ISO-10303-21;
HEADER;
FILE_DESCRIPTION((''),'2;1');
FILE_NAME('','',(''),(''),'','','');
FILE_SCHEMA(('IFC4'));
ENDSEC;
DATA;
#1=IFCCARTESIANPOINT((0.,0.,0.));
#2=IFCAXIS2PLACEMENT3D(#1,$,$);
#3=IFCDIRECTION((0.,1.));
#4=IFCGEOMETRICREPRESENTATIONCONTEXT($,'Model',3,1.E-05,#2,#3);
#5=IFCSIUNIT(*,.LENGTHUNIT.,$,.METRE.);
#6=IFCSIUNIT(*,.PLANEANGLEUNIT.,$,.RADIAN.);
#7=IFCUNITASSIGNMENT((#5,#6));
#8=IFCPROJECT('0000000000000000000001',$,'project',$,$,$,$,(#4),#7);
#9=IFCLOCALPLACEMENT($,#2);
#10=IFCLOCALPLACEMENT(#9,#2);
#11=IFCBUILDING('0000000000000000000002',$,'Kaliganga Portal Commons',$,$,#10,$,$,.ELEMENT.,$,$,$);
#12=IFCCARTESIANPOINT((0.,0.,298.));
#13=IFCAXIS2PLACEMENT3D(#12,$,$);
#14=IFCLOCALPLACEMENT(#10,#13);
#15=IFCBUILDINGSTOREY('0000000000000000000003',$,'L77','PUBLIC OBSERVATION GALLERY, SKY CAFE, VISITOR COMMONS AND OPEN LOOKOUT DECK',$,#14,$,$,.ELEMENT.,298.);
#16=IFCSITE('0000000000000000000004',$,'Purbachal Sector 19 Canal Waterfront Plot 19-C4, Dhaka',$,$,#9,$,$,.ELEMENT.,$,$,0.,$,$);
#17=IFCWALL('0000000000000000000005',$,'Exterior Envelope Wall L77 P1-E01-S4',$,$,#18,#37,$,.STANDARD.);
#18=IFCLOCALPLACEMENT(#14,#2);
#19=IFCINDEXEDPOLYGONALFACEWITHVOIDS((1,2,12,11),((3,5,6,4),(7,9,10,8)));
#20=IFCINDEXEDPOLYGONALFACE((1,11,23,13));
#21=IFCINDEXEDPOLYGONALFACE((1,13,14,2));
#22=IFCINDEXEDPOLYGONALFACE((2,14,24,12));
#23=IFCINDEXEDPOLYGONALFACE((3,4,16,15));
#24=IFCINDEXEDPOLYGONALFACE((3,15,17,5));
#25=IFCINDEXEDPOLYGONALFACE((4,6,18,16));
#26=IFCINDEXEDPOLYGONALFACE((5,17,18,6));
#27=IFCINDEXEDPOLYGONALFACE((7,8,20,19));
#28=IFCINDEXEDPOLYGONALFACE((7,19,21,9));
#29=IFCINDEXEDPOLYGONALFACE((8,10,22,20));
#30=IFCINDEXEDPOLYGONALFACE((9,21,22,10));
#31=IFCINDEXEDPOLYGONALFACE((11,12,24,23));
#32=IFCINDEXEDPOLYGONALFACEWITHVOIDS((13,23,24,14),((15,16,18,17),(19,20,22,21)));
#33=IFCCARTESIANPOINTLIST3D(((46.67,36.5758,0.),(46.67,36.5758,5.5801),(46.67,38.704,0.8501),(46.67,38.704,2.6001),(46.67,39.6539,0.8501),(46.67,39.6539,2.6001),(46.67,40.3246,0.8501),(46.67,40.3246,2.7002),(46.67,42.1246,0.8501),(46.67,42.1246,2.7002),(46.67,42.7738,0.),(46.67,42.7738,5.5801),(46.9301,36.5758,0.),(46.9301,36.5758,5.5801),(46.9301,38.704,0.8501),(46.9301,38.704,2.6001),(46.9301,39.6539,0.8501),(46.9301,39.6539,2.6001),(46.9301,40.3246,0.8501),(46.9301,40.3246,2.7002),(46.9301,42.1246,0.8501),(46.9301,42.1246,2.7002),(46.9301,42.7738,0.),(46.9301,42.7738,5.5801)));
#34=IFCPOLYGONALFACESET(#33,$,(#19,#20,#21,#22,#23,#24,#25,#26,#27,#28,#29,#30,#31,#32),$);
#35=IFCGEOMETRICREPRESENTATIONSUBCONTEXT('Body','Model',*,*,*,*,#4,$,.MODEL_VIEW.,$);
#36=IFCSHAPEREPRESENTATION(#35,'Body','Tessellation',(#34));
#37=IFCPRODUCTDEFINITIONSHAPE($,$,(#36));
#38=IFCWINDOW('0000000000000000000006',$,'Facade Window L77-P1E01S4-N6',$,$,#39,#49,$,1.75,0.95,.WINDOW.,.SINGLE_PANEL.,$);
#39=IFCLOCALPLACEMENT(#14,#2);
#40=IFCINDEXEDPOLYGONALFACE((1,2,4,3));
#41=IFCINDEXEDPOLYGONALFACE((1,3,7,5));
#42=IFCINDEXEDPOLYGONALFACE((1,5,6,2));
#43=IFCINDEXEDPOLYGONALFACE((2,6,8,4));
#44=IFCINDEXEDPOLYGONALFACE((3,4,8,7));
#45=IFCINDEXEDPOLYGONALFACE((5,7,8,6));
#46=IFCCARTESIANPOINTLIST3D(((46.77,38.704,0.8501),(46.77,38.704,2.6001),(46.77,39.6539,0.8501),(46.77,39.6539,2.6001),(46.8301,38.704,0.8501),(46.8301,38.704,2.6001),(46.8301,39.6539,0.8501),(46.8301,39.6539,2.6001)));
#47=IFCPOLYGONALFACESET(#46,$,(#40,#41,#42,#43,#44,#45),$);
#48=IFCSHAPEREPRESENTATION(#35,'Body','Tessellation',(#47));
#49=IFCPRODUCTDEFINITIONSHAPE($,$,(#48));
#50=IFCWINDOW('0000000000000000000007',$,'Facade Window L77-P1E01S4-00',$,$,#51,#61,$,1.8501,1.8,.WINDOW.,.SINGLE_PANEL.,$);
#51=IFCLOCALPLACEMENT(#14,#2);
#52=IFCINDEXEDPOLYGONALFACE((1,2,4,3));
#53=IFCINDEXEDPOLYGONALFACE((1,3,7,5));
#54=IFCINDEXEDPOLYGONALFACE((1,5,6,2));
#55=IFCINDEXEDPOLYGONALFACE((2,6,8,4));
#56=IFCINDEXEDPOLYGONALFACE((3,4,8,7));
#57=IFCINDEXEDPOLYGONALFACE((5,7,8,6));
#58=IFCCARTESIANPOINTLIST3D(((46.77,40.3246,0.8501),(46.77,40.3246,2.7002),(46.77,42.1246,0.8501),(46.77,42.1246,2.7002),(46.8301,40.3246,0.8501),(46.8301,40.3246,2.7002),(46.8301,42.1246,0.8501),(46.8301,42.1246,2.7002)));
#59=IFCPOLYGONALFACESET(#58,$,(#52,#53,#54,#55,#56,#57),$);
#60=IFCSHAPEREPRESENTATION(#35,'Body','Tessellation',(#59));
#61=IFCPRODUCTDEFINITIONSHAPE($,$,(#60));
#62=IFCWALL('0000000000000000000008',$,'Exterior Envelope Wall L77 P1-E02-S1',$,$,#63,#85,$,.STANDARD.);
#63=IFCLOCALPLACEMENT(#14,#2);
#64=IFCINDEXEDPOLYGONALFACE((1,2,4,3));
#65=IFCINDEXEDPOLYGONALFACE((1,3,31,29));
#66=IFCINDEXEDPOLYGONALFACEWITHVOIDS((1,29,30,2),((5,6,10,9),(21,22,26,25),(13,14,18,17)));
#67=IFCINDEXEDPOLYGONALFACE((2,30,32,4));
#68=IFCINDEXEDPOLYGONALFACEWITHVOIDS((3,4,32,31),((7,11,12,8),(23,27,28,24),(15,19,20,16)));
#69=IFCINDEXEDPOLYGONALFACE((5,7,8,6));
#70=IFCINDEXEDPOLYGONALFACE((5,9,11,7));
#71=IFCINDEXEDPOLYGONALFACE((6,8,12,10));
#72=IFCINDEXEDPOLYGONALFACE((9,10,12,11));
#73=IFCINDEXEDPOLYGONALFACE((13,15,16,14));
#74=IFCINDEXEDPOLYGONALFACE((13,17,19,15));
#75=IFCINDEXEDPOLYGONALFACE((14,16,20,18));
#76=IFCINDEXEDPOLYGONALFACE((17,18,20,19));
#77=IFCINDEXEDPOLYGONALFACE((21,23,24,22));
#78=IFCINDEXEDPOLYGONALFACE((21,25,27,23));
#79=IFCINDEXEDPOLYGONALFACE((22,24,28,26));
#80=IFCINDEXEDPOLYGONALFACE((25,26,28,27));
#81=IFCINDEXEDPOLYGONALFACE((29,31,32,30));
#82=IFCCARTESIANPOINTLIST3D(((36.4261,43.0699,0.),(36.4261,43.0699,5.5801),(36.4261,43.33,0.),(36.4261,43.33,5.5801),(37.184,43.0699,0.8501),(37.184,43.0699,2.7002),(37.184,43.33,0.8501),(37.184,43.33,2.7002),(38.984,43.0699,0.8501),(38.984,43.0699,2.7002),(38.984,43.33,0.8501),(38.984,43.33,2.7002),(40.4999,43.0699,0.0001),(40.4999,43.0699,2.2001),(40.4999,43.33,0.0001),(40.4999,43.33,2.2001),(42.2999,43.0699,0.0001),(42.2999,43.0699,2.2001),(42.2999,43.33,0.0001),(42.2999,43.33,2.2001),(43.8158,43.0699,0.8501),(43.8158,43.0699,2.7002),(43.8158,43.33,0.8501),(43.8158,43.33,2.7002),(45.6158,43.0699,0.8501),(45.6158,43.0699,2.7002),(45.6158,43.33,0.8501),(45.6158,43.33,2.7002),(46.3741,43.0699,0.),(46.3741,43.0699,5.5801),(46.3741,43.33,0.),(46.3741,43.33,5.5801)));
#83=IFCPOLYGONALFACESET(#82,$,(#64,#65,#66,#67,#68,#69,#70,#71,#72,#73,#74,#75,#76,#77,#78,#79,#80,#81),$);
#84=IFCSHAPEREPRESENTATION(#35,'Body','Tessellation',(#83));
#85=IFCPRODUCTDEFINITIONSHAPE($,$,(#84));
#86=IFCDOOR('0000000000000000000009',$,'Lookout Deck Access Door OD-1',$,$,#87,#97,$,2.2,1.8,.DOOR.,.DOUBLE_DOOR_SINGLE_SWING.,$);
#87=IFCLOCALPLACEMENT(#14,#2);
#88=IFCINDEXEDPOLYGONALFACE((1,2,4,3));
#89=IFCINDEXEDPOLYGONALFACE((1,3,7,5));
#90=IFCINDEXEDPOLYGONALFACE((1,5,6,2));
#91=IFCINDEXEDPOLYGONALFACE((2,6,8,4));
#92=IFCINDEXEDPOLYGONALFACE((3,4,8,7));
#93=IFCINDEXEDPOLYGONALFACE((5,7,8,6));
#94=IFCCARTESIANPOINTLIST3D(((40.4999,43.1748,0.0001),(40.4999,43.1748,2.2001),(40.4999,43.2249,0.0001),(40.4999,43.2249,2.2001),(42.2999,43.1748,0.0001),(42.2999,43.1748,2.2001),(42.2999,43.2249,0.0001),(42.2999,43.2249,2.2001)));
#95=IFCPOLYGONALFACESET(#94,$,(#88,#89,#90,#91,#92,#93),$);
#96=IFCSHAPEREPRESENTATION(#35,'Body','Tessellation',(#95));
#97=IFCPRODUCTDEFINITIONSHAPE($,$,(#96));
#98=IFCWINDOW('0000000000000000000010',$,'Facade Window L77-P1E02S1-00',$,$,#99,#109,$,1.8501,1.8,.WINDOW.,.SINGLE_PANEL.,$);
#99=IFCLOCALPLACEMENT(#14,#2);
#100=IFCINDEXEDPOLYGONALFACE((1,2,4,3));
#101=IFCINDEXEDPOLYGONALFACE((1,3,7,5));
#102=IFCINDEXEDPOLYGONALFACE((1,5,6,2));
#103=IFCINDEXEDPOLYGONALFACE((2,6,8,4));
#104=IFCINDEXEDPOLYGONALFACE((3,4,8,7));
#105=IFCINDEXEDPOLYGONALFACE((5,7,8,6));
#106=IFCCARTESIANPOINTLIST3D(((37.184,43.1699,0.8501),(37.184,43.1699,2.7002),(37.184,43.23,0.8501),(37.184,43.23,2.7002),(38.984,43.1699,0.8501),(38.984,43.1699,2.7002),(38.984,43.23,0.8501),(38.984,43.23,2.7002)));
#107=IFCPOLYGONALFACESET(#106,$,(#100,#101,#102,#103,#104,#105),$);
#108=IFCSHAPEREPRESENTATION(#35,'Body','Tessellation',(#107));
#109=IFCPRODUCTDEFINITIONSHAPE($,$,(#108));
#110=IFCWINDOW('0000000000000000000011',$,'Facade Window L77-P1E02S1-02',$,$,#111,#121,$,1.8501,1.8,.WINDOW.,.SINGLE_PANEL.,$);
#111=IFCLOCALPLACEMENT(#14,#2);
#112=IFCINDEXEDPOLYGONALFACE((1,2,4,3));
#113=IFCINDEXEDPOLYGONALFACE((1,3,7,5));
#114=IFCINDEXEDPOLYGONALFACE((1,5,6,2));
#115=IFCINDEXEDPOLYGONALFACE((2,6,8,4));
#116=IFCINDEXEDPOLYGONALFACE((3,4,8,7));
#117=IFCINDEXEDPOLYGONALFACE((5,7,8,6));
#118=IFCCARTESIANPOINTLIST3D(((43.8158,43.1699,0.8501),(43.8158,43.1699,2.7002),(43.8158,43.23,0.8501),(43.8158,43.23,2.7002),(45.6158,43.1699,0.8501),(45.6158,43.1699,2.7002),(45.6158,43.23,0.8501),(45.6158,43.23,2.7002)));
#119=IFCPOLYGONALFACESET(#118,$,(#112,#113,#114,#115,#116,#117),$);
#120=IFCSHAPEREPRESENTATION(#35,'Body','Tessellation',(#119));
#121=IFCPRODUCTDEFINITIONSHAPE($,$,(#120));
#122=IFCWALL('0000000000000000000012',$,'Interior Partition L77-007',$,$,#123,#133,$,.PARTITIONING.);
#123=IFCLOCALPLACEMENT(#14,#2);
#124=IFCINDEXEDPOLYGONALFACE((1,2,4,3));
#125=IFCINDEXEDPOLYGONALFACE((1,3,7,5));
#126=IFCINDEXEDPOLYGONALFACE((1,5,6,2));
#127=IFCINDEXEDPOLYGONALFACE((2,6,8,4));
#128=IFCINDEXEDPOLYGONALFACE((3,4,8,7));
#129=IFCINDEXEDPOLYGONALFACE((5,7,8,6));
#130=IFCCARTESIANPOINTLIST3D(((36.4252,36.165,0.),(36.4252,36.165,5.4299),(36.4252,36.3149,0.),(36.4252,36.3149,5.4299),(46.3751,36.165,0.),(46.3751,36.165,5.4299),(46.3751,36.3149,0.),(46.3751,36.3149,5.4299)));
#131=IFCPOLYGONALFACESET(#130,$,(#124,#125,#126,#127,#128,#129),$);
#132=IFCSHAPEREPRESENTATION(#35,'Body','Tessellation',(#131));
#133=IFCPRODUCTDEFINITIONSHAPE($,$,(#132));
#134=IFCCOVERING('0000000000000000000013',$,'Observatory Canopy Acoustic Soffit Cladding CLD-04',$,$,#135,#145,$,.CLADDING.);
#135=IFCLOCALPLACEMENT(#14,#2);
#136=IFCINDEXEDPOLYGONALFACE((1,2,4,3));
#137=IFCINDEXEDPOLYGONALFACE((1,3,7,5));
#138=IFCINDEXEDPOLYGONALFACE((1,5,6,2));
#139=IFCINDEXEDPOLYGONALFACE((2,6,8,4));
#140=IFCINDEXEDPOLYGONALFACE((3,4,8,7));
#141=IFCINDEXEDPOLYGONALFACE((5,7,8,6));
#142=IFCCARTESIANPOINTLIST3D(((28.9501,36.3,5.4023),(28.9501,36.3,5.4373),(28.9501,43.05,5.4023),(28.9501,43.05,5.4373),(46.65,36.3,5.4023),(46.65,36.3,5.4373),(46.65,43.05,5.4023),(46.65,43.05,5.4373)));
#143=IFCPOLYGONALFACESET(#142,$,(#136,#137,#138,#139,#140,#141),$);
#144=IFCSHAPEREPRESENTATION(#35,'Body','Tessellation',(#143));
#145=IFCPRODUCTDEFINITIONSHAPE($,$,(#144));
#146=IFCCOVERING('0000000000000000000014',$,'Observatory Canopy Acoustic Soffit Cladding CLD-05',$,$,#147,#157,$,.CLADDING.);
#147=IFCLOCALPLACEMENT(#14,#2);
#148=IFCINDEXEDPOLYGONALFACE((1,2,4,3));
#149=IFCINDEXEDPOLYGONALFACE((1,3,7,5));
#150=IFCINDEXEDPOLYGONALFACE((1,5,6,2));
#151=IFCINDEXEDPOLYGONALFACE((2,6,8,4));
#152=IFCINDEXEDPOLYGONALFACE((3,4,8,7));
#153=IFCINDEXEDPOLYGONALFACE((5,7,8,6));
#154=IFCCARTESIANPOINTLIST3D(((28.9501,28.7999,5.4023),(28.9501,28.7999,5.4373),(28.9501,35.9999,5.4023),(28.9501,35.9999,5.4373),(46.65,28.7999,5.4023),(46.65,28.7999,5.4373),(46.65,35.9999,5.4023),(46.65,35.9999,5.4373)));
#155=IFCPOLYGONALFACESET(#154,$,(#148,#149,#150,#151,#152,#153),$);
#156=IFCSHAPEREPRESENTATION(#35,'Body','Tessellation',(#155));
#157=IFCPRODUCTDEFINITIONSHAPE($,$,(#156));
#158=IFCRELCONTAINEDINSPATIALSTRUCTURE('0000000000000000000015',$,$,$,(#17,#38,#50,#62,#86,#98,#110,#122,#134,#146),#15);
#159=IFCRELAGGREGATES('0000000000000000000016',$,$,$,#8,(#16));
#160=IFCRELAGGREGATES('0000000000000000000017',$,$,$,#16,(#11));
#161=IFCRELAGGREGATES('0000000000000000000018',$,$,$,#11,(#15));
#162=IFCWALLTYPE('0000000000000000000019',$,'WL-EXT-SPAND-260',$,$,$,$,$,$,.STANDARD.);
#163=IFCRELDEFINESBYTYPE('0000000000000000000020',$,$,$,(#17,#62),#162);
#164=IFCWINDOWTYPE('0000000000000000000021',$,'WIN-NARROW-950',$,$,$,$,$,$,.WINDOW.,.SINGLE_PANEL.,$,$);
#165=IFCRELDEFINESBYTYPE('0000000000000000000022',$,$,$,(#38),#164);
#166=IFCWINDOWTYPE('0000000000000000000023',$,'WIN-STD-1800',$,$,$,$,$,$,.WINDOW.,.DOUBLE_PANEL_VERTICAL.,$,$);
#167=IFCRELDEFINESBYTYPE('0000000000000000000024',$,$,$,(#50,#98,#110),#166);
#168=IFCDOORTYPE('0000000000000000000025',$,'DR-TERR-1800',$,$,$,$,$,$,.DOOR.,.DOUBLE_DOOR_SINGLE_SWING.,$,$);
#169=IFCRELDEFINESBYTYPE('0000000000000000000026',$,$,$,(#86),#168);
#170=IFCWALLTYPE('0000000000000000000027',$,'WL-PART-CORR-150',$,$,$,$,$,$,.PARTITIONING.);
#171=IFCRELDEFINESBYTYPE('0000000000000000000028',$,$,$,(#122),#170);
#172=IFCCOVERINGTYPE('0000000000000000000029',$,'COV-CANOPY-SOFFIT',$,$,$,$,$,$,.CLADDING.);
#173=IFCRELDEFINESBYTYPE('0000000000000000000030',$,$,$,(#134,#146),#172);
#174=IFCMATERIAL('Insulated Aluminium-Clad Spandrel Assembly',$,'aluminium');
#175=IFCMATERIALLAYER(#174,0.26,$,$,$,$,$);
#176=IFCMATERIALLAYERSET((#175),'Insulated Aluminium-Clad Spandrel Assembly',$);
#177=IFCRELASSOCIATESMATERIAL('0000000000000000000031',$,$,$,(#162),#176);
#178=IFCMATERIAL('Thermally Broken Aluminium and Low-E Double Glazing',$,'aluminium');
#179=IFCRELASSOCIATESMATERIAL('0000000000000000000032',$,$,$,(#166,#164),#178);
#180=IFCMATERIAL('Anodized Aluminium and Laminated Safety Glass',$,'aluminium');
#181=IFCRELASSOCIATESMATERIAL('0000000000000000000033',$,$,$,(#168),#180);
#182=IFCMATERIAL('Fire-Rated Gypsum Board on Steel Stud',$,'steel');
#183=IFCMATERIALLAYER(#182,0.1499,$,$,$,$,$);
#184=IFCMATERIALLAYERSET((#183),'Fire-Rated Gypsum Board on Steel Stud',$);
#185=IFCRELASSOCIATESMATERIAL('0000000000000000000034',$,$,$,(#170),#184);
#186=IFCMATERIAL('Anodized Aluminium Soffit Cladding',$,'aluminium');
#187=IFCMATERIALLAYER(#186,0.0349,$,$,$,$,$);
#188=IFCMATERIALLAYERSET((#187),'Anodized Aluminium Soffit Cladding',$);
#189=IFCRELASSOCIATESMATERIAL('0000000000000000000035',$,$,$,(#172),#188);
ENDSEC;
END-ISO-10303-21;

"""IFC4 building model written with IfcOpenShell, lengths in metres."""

from ifc_helpers import new_model, si_unit, direction, frame, frame_2d, origin, origin_2d, place, context, subcontext, project, spatial, rectangle, extrude, source, transform, mapped, material, layer, layer_set, type_object, element, fill, save


model = new_model("IFC4")

# Units and contexts
model_context = context("Model", 3, precision=1e-05, world=origin(), true_north=direction((0.0, 1.0)))
body_context = subcontext(model_context, "Body", "Model", "MODEL_VIEW")
ifc_project = project(units=[si_unit("LENGTHUNIT", "METRE"), si_unit("PLANEANGLEUNIT", "RADIAN")], contexts=[model_context])

# Site, building, storey
site_placement = place(None, origin())
site = spatial("IfcSite", under=ifc_project, at=site_placement, Name="Purbachal Sector 19 Canal Waterfront Plot 19-C4, Dhaka", CompositionType="ELEMENT", RefElevation=0.0)
building_placement = place(site_placement, origin())
building = spatial("IfcBuilding", under=site, at=building_placement, Name="Kaliganga Portal Commons", CompositionType="ELEMENT")
storey_placement = place(building_placement, frame((0.0, 0.0, 298.0)))
storey = spatial("IfcBuildingStorey", under=building, at=storey_placement, Name="L77", Description="PUBLIC OBSERVATION GALLERY, SKY CAFE, VISITOR COMMONS AND OPEN LOOKOUT DECK", CompositionType="ELEMENT", Elevation=298.0)

# Wall, openings, windows
ifc_material_1 = material(Name="Insulated Aluminium-Clad Spandrel Assembly", Category="aluminium")
ifc_layer_1 = layer(ifc_material_1, 0.26)
ifc_layer_set_1 = layer_set([ifc_layer_1], Name="Insulated Aluminium-Clad Spandrel Assembly")
wall_type_1 = type_object("IfcWallType", Name="WL-EXT-SPAND-260", PredefinedType="STANDARD", material=ifc_layer_set_1)
ifc_material_2 = material(Name="Thermally Broken Aluminium and Low-E Double Glazing", Category="aluminium")
window_type_1 = type_object("IfcWindowType", Name="WIN-STD-1800", PartitioningType="DOUBLE_PANEL_VERTICAL", PredefinedType="WINDOW", material=ifc_material_2)
wall_1_placement = place(storey_placement, frame((46.8, 42.7739, 0.0), z_axis=(0.0, 0.0, 1.0), x_axis=(0.0, -1.0, 0.0)))
wall_1 = element("IfcWall", 1, at=wall_1_placement, inside=storey, type_object=wall_type_1, Name="Exterior Envelope Wall L77 P1-E01-S4", PredefinedType="STANDARD", context=body_context, shape_type="SweptSolid", body=[
    extrude(rectangle(XDim=6.198, YDim=0.26, at=frame_2d((3.0991, 0.0))), origin(), (0.0, 0.0, 1.0), 5.5801),
])
opening_1_placement = place(wall_1_placement, frame((0.6494, 0.0, 0.8501)))
opening_1 = element("IfcOpeningElement", 2, at=opening_1_placement, cuts=wall_1, PredefinedType="OPENING", context=body_context, shape_type="SweptSolid", body=[
    extrude(rectangle(XDim=1.8, YDim=1.8501, at=frame_2d((0.8999, 0.925))), frame((0.0, 0.1401, 0.0), z_axis=(0.0, -1.0, 0.0), x_axis=(1.0, 0.0, 0.0)), (0.0, 0.0, 1.0), 0.28),
])
opening_2_placement = place(wall_1_placement, frame((3.1199, 0.0, 0.8501)))
opening_2 = element("IfcOpeningElement", 3, at=opening_2_placement, cuts=wall_1, PredefinedType="OPENING", context=body_context, shape_type="SweptSolid", body=[
    extrude(rectangle(XDim=0.95, YDim=1.75, at=frame_2d((0.4751, 0.875))), frame((0.0, 0.1401, 0.0), z_axis=(0.0, -1.0, 0.0), x_axis=(1.0, 0.0, 0.0)), (0.0, 0.0, 1.0), 0.28),
])
window_type_2 = type_object("IfcWindowType", Name="WIN-NARROW-950", PartitioningType="SINGLE_PANEL", PredefinedType="WINDOW", material=ifc_material_2)
window_1_placement = place(opening_2_placement, origin())
window_1 = element("IfcWindow", 4, at=window_1_placement, inside=storey, type_object=window_type_2, Name="Facade Window L77-P1E01S4-N6", OverallHeight=1.75, OverallWidth=0.95, PartitioningType="SINGLE_PANEL", PredefinedType="WINDOW", context=body_context, shape_type="SweptSolid", body=[
    extrude(rectangle(XDim=0.95, YDim=1.75, at=frame_2d((0.4751, 0.875))), frame((0.0, 0.03, 0.0), z_axis=(0.0, -1.0, 0.0), x_axis=(1.0, 0.0, 0.0)), (0.0, 0.0, 1.0), 0.0601),
])
fill(opening_2, window_1)
window_2_placement = place(opening_1_placement, origin())
window_2 = element("IfcWindow", 5, at=window_2_placement, inside=storey, type_object=window_type_1, Name="Facade Window L77-P1E01S4-00", OverallHeight=1.8501, OverallWidth=1.8, PartitioningType="SINGLE_PANEL", PredefinedType="WINDOW", context=body_context, shape_type="SweptSolid", body=[
    extrude(rectangle(XDim=1.8, YDim=1.8501, at=frame_2d((0.8999, 0.925))), frame((0.0, 0.03, 0.0), z_axis=(0.0, -1.0, 0.0), x_axis=(1.0, 0.0, 0.0)), (0.0, 0.0, 1.0), 0.0601),
])
fill(opening_1, window_2)

# Wall, openings, door, windows
wall_2_placement = place(storey_placement, frame((36.426, 43.2, 0.0), z_axis=(0.0, 0.0, 1.0), x_axis=(1.0, 0.0, 0.0)))
wall_2 = element("IfcWall", 6, at=wall_2_placement, inside=storey, type_object=wall_type_1, Name="Exterior Envelope Wall L77 P1-E02-S1", PredefinedType="STANDARD", context=body_context, shape_type="SweptSolid", body=[
    extrude(rectangle(XDim=9.948, YDim=0.26, at=frame_2d((4.9741, 0.0))), origin(), (0.0, 0.0, 1.0), 5.5801),
])
opening_3_placement = place(wall_2_placement, frame((4.074, 0.0, 0.0)))
opening_3 = element("IfcOpeningElement", 7, at=opening_3_placement, cuts=wall_2, PredefinedType="OPENING", context=body_context, shape_type="SweptSolid", body=[
    extrude(rectangle(XDim=1.8, YDim=2.2, at=frame_2d((0.8999, 1.1001))), frame((0.0, 0.1401, 0.0), z_axis=(0.0, -1.0, 0.0), x_axis=(1.0, 0.0, 0.0)), (0.0, 0.0, 1.0), 0.28),
])
opening_4_placement = place(wall_2_placement, frame((0.7581, 0.0, 0.8501)))
opening_4 = element("IfcOpeningElement", 8, at=opening_4_placement, cuts=wall_2, PredefinedType="OPENING", context=body_context, shape_type="SweptSolid", body=[
    extrude(rectangle(XDim=1.8, YDim=1.8501, at=frame_2d((0.8999, 0.925))), frame((0.0, 0.1401, 0.0), z_axis=(0.0, -1.0, 0.0), x_axis=(1.0, 0.0, 0.0)), (0.0, 0.0, 1.0), 0.28),
])
opening_5_placement = place(wall_2_placement, frame((7.3899, 0.0, 0.8501)))
opening_5 = element("IfcOpeningElement", 9, at=opening_5_placement, cuts=wall_2, PredefinedType="OPENING", context=body_context, shape_type="SweptSolid", body=[
    extrude(rectangle(XDim=1.8, YDim=1.8501, at=frame_2d((0.8999, 0.925))), frame((0.0, 0.1401, 0.0), z_axis=(0.0, -1.0, 0.0), x_axis=(1.0, 0.0, 0.0)), (0.0, 0.0, 1.0), 0.28),
])
ifc_material_3 = material(Name="Anodized Aluminium and Laminated Safety Glass", Category="aluminium")
door_type = type_object("IfcDoorType", Name="DR-TERR-1800", OperationType="DOUBLE_DOOR_SINGLE_SWING", PredefinedType="DOOR", material=ifc_material_3)
door_placement = place(opening_3_placement, origin())
door = element("IfcDoor", 10, at=door_placement, inside=storey, type_object=door_type, Name="Lookout Deck Access Door OD-1", OperationType="DOUBLE_DOOR_SINGLE_SWING", OverallHeight=2.2, OverallWidth=1.8, PredefinedType="DOOR", context=body_context, shape_type="SweptSolid", body=[
    extrude(rectangle(XDim=1.8, YDim=2.2, at=frame_2d((0.8999, 1.1001))), frame((0.0, 0.0249, 0.0), z_axis=(0.0, -1.0, 0.0), x_axis=(1.0, 0.0, 0.0)), (0.0, 0.0, 1.0), 0.05),
])
fill(opening_3, door)
window_3_placement = place(opening_4_placement, origin())
window_3 = element("IfcWindow", 11, at=window_3_placement, inside=storey, type_object=window_type_1, Name="Facade Window L77-P1E02S1-00", OverallHeight=1.8501, OverallWidth=1.8, PartitioningType="SINGLE_PANEL", PredefinedType="WINDOW", context=body_context, shape_type="SweptSolid", body=[
    extrude(rectangle(XDim=1.8, YDim=1.8501, at=frame_2d((0.8999, 0.925))), frame((0.0, 0.03, 0.0), z_axis=(0.0, -1.0, 0.0), x_axis=(1.0, 0.0, 0.0)), (0.0, 0.0, 1.0), 0.0601),
])
fill(opening_4, window_3)
window_4_placement = place(opening_5_placement, origin())
window_4 = element("IfcWindow", 12, at=window_4_placement, inside=storey, type_object=window_type_1, Name="Facade Window L77-P1E02S1-02", OverallHeight=1.8501, OverallWidth=1.8, PartitioningType="SINGLE_PANEL", PredefinedType="WINDOW", context=body_context, shape_type="SweptSolid", body=[
    extrude(rectangle(XDim=1.8, YDim=1.8501, at=frame_2d((0.8999, 0.925))), frame((0.0, 0.03, 0.0), z_axis=(0.0, -1.0, 0.0), x_axis=(1.0, 0.0, 0.0)), (0.0, 0.0, 1.0), 0.0601),
])
fill(opening_5, window_4)

# Wall
ifc_material_4 = material(Name="Fire-Rated Gypsum Board on Steel Stud", Category="steel")
ifc_layer_2 = layer(ifc_material_4, 0.1499)
ifc_layer_set_2 = layer_set([ifc_layer_2], Name="Fire-Rated Gypsum Board on Steel Stud")
wall_type_2 = type_object("IfcWallType", Name="WL-PART-CORR-150", PredefinedType="PARTITIONING", material=ifc_layer_set_2)
wall_3_placement = place(storey_placement, frame((36.425, 36.24, 0.0), z_axis=(0.0, 0.0, 1.0), x_axis=(1.0, 0.0, 0.0)))
element("IfcWall", 13, at=wall_3_placement, inside=storey, type_object=wall_type_2, Name="Interior Partition L77-007", PredefinedType="PARTITIONING", context=body_context, shape_type="SweptSolid", body=[
    extrude(rectangle(XDim=9.95, YDim=0.1499, at=frame_2d((4.9751, 0.0))), origin(), (0.0, 0.0, 1.0), 5.4299),
])

# Coverings
ifc_material_5 = material(Name="Anodized Aluminium Soffit Cladding", Category="aluminium")
ifc_layer_3 = layer(ifc_material_5, 0.0349)
ifc_layer_set_3 = layer_set([ifc_layer_3], Name="Anodized Aluminium Soffit Cladding")
covering_type = type_object("IfcCoveringType", Name="COV-CANOPY-SOFFIT", PredefinedType="CLADDING", material=ifc_layer_set_3)
shared_shape_1 = source(origin(), body_context, "Body", "SweptSolid", [
    extrude(rectangle(XDim=17.7, YDim=6.75, at=origin_2d()), origin(), (0.0, 0.0, 1.0), 0.0349),
])
covering_1_placement = place(storey_placement, frame((37.8, 39.675, 5.4023), z_axis=(0.0, 0.0, 1.0), x_axis=(1.0, 0.0, 0.0)))
element("IfcCovering", 14, at=covering_1_placement, inside=storey, type_object=covering_type, Name="Observatory Canopy Acoustic Soffit Cladding CLD-04", PredefinedType="CLADDING", context=body_context, shape_type="MappedRepresentation", body=[
    mapped(shared_shape_1, transform((0.0, 0.0, 0.0), x_axis=(1.0, 0.0, 0.0), y_axis=(0.0, 1.0, 0.0), z_axis=(0.0, 0.0, 1.0), scale=1.0)),
])
shared_shape_2 = source(origin(), body_context, "Body", "SweptSolid", [
    extrude(rectangle(XDim=17.7, YDim=7.2, at=origin_2d()), origin(), (0.0, 0.0, 1.0), 0.0349),
])
covering_2_placement = place(storey_placement, frame((37.8, 32.3999, 5.4023), z_axis=(0.0, 0.0, 1.0), x_axis=(1.0, 0.0, 0.0)))
element("IfcCovering", 15, at=covering_2_placement, inside=storey, type_object=covering_type, Name="Observatory Canopy Acoustic Soffit Cladding CLD-05", PredefinedType="CLADDING", context=body_context, shape_type="MappedRepresentation", body=[
    mapped(shared_shape_2, transform((0.0, 0.0, 0.0), x_axis=(1.0, 0.0, 0.0), y_axis=(0.0, 1.0, 0.0), z_axis=(0.0, 0.0, 1.0), scale=1.0)),
])

save(model, "model.ifc")
